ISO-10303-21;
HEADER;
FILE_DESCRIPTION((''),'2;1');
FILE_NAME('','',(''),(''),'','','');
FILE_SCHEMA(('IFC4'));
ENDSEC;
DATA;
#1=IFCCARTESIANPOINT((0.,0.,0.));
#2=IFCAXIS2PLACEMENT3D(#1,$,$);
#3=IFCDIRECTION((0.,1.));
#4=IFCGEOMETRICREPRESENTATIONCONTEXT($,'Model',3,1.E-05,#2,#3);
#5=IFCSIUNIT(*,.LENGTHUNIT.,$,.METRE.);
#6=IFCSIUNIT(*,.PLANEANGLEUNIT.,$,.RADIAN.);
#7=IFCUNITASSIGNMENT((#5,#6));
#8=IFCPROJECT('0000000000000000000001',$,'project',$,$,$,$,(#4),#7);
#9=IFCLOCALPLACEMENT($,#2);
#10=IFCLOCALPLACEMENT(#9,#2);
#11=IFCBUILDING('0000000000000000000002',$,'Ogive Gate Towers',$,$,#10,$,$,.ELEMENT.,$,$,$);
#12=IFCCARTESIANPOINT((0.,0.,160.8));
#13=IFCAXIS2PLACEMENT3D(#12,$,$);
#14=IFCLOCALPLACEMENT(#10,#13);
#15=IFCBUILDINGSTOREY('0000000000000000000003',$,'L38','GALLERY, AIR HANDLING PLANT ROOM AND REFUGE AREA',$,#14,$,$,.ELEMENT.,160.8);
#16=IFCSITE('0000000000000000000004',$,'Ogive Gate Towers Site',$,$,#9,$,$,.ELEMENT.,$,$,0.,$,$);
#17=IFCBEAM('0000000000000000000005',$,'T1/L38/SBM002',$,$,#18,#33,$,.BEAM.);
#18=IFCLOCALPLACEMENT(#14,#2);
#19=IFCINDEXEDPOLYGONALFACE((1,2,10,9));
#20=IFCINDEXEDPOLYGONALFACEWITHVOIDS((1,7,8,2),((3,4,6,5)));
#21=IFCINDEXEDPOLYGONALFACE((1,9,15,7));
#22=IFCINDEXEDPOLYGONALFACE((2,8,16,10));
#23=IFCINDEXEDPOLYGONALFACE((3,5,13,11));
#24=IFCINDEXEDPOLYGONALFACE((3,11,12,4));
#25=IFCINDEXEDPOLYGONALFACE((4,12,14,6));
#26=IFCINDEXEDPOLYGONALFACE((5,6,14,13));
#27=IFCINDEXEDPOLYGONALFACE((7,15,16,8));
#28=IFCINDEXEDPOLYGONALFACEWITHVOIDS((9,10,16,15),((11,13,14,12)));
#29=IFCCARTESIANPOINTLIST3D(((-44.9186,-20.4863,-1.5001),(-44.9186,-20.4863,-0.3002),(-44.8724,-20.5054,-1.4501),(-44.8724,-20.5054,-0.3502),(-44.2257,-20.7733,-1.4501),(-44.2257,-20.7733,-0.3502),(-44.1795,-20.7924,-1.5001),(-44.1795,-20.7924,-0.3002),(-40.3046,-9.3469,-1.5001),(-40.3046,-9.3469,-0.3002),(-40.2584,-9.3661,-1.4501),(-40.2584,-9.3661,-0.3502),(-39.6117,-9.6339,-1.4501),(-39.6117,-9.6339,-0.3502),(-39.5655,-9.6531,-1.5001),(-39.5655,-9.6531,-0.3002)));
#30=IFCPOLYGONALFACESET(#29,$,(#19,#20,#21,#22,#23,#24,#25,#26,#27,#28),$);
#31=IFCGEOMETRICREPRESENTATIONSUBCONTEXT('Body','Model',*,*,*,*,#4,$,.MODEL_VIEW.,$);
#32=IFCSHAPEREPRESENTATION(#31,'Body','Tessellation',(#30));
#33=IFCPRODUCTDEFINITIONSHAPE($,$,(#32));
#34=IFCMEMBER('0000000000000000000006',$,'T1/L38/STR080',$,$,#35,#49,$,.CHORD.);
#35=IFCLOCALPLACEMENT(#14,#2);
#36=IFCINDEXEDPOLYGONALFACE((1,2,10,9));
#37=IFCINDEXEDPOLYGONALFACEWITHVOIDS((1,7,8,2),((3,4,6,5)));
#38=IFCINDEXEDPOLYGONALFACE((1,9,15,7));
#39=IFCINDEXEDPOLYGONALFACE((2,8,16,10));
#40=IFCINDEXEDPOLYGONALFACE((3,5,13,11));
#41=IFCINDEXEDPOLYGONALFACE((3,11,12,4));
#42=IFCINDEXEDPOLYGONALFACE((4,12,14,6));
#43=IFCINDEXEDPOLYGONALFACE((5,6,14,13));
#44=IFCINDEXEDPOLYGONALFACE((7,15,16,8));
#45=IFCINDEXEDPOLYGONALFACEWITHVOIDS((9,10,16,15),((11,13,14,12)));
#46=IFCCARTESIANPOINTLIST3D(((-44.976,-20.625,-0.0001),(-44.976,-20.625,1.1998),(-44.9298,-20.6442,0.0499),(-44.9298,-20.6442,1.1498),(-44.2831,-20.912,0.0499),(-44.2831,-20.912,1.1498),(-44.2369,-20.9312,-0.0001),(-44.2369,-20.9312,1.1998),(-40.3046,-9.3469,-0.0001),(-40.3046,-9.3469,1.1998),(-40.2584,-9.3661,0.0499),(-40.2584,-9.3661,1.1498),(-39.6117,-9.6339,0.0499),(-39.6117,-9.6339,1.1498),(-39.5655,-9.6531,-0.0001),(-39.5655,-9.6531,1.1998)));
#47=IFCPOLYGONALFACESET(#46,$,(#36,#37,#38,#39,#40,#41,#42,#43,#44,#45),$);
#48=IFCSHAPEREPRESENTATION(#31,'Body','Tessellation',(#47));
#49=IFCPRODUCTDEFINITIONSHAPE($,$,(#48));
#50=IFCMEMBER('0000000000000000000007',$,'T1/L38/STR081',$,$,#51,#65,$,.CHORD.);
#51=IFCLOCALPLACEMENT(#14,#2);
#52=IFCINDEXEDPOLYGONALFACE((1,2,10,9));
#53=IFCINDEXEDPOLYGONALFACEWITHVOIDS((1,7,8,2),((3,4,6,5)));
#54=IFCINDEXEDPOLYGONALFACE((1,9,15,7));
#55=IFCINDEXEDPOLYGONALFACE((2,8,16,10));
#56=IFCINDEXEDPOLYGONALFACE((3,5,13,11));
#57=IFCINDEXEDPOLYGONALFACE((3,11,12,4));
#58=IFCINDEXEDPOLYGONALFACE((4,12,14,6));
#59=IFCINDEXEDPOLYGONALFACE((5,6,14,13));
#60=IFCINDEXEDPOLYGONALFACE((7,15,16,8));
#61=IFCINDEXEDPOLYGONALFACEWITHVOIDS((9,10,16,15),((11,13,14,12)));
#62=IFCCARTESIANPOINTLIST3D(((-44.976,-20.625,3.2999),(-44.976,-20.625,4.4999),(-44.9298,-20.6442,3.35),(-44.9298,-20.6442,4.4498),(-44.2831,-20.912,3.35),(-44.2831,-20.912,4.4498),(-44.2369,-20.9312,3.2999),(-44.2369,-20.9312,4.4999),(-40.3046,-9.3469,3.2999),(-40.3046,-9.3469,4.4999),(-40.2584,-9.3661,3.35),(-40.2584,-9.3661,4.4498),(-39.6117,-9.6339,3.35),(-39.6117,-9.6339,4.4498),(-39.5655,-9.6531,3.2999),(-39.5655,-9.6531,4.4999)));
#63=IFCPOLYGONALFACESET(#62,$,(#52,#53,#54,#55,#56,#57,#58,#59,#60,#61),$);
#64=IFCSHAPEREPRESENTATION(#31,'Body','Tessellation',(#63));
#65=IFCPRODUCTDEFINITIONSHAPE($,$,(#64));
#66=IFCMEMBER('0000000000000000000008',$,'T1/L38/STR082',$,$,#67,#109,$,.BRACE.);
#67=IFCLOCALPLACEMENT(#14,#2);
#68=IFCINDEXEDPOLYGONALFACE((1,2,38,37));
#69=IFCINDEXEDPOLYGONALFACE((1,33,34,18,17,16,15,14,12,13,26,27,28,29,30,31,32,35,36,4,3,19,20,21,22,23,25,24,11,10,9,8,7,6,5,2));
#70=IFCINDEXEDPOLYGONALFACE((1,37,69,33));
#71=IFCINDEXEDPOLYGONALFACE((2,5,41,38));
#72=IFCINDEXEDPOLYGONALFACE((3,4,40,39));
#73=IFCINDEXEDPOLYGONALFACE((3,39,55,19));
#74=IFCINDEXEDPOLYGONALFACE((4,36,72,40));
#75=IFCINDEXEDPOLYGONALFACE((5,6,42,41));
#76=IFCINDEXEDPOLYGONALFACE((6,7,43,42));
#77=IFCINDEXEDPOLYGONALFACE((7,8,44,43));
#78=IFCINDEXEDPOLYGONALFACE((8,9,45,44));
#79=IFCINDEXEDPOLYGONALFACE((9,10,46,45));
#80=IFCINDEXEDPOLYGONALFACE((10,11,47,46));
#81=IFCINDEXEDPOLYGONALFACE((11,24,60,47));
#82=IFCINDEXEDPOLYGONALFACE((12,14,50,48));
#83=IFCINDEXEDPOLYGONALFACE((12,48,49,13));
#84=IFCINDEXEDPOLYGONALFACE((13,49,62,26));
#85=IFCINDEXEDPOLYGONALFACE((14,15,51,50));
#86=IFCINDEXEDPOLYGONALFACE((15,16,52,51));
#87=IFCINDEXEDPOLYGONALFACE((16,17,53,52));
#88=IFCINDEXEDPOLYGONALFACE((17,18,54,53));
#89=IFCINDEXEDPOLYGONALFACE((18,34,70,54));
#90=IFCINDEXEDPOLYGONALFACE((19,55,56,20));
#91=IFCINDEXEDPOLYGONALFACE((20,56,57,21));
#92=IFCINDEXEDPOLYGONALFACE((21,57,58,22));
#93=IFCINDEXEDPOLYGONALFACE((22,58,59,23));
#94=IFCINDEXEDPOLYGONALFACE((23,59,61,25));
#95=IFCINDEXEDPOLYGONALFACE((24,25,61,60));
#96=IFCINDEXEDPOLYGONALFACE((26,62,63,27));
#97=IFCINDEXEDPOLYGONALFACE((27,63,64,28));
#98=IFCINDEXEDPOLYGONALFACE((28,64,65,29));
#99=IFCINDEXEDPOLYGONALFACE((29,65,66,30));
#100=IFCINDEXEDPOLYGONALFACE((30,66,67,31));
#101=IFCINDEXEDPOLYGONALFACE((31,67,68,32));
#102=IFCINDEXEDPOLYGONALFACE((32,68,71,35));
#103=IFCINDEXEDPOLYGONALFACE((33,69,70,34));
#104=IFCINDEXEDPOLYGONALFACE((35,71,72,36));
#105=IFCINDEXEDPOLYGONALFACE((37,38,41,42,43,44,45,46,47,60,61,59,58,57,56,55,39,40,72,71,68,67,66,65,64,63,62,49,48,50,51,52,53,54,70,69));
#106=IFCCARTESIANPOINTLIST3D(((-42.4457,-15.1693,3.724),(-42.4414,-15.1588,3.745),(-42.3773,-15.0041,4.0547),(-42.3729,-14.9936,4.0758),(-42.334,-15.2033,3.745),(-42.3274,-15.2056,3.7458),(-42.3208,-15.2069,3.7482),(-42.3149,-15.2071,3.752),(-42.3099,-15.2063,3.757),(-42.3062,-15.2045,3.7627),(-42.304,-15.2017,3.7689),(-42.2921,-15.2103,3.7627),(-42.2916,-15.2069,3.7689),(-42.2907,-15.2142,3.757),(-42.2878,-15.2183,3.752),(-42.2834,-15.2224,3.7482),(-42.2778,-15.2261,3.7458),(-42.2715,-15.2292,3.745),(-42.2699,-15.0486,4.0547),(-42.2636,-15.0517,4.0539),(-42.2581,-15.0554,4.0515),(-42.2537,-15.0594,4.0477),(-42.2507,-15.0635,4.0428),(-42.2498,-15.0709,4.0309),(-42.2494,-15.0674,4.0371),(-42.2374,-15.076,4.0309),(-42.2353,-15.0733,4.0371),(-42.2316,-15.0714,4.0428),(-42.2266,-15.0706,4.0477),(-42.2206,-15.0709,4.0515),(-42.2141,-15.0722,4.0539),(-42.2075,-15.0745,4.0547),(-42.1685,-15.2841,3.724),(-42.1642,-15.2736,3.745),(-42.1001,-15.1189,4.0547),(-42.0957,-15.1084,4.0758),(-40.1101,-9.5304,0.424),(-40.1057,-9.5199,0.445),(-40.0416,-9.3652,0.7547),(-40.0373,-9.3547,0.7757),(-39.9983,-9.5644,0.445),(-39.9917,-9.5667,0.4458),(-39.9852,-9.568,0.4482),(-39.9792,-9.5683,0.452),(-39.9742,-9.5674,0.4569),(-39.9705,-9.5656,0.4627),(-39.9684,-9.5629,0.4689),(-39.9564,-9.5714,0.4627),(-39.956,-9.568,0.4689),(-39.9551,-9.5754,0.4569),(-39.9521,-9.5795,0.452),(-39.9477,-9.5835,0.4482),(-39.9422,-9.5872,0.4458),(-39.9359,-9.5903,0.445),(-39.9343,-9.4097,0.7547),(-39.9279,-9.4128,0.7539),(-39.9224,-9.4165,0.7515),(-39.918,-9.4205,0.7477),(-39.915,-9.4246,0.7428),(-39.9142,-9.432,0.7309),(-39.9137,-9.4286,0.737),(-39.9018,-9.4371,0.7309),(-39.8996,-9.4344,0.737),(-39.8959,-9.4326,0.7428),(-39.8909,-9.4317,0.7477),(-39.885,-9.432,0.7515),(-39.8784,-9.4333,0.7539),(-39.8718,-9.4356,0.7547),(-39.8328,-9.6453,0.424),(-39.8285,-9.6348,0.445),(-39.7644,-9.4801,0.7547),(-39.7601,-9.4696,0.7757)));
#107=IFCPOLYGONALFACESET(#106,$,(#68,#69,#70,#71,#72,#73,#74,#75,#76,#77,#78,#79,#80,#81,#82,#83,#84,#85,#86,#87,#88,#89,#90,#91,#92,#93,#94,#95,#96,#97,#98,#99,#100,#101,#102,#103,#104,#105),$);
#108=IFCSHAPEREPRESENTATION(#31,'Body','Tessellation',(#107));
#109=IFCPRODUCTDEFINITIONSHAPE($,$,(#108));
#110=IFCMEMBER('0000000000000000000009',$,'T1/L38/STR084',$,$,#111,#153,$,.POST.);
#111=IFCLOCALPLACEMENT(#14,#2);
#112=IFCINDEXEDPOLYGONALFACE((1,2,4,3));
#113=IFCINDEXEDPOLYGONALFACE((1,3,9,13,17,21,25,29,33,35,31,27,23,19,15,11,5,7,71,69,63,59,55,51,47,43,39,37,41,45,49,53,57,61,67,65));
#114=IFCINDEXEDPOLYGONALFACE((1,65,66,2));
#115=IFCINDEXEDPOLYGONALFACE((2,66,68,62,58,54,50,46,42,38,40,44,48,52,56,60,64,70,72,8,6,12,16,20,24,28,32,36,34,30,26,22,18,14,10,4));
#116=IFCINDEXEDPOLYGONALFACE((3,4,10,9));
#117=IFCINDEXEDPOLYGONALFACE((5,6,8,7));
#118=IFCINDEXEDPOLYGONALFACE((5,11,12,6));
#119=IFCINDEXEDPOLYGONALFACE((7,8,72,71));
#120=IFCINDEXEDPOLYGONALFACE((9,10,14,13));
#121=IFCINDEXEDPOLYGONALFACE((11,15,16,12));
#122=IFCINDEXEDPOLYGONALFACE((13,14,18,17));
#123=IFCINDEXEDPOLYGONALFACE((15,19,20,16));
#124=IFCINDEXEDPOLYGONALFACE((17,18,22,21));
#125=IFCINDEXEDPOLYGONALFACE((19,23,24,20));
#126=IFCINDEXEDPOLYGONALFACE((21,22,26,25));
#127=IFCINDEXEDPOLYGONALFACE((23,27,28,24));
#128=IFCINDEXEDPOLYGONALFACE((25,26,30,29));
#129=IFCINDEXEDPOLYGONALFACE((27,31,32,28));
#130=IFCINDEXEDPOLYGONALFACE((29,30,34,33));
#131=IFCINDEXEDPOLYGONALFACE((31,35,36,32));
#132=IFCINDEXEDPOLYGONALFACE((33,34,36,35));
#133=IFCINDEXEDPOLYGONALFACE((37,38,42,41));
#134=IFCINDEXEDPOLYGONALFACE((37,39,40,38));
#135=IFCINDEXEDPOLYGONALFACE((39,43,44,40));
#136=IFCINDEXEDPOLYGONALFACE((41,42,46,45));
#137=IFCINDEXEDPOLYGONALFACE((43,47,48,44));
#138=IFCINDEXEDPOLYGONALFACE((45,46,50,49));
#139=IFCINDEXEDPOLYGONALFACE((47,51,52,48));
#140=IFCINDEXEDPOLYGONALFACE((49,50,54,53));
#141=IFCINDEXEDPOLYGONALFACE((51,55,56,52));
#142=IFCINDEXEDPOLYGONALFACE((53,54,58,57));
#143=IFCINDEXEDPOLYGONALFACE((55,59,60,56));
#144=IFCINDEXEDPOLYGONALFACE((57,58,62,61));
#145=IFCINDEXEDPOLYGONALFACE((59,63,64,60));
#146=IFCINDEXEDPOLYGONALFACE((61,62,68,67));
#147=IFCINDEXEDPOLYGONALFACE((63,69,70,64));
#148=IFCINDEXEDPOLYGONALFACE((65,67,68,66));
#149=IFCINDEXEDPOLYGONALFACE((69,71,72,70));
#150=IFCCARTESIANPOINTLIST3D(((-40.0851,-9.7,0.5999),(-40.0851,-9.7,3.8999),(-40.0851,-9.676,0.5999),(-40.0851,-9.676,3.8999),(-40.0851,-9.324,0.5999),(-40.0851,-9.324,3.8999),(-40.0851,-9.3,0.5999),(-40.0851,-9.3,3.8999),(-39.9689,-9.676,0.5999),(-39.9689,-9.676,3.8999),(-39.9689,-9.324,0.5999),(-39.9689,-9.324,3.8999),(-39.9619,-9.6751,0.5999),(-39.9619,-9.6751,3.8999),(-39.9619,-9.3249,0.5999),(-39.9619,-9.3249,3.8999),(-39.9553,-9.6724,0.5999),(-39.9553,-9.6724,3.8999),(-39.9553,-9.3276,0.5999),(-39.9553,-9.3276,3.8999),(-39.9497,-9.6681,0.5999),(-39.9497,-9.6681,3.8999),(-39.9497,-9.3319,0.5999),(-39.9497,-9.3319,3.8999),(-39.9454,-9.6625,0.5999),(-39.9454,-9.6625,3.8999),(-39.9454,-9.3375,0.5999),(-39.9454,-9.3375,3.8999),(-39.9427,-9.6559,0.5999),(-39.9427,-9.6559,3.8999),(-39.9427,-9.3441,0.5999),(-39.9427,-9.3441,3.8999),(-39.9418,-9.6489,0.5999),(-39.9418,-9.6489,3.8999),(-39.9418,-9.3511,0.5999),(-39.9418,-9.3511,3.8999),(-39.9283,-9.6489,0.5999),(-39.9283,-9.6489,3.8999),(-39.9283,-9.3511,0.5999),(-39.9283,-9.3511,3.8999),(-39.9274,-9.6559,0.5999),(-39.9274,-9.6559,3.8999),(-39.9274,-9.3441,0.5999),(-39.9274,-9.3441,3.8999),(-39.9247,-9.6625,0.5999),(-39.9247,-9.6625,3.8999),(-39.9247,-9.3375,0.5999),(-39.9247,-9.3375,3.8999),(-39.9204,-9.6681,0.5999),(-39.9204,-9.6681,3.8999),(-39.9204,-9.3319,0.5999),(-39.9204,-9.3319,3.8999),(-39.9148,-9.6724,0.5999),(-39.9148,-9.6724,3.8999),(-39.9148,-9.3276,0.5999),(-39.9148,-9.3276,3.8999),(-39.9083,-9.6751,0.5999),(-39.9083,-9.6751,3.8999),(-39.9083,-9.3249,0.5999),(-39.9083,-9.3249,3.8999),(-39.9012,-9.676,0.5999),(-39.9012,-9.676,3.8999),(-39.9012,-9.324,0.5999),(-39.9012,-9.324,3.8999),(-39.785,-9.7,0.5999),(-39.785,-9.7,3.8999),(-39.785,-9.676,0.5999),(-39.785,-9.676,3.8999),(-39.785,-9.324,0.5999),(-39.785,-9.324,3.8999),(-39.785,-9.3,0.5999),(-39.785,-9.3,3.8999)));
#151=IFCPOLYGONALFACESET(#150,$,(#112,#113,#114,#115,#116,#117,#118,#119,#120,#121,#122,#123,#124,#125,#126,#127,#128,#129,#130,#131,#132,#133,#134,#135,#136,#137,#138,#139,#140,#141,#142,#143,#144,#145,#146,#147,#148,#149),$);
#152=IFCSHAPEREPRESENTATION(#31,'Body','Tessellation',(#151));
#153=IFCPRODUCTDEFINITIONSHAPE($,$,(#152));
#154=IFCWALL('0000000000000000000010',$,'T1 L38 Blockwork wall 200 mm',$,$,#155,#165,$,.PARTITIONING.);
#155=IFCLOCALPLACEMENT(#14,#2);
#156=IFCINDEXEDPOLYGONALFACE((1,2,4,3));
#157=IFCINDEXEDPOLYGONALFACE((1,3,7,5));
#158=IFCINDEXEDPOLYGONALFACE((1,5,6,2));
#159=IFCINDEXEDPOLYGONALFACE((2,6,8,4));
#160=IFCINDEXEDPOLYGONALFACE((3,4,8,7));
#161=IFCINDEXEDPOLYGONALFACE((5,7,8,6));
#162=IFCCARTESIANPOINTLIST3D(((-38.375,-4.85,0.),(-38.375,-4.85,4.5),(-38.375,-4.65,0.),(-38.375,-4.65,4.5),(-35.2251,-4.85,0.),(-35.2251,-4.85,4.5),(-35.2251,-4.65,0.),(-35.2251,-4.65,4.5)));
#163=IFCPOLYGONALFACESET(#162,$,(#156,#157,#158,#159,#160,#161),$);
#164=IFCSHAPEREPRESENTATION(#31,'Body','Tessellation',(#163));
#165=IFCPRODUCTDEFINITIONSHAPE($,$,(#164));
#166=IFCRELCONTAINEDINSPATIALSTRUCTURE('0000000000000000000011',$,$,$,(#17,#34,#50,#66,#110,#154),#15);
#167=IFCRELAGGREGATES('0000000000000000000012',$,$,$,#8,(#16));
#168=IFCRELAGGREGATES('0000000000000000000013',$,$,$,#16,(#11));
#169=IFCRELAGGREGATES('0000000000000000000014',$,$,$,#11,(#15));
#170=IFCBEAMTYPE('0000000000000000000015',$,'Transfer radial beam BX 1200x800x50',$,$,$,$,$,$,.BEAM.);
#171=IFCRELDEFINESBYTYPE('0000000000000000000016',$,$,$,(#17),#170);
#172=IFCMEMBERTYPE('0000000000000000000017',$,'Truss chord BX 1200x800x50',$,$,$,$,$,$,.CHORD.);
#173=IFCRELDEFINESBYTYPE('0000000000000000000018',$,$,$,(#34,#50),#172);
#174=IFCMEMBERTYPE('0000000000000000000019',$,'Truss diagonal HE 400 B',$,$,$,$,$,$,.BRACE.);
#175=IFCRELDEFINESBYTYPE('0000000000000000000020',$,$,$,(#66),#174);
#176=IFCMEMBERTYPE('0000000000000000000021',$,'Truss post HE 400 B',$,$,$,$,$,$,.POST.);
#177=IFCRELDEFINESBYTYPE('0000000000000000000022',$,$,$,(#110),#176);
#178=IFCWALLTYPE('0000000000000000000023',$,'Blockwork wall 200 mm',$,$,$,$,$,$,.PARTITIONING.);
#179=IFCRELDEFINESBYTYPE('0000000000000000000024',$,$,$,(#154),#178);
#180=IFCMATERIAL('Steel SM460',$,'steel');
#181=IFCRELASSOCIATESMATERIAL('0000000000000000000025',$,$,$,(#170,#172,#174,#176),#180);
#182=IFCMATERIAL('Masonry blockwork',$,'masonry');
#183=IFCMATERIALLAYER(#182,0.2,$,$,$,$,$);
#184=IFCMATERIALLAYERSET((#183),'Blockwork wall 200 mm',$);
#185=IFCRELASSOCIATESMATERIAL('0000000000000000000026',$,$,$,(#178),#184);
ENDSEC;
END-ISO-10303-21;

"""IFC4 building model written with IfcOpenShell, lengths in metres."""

from ifc_helpers import new_model, si_unit, direction, frame, frame_2d, origin, origin_2d, place, context, subcontext, project, spatial, rectangle, hollow_rectangle, i_section, extrude, material, layer, layer_set, material_profile, profile_set, type_object, element, save


model = new_model("IFC4")

# Units and contexts
model_context = context("Model", 3, precision=1e-05, world=origin(), true_north=direction((0.0, 1.0)))
body_context = subcontext(model_context, "Body", "Model", "MODEL_VIEW")
ifc_project = project(units=[si_unit("LENGTHUNIT", "METRE"), si_unit("PLANEANGLEUNIT", "RADIAN")], contexts=[model_context])

# Site, building, storey
site_placement = place(None, origin())
site = spatial("IfcSite", under=ifc_project, at=site_placement, Name="Ogive Gate Towers Site", CompositionType="ELEMENT", RefElevation=0.0)
building_placement = place(site_placement, origin())
building = spatial("IfcBuilding", under=site, at=building_placement, Name="Ogive Gate Towers", CompositionType="ELEMENT")
storey_placement = place(building_placement, frame((0.0, 0.0, 160.8)))
storey = spatial("IfcBuildingStorey", under=building, at=storey_placement, Name="L38", Description="GALLERY, AIR HANDLING PLANT ROOM AND REFUGE AREA", CompositionType="ELEMENT", Elevation=160.8)

# Beam
ifc_material_1 = material(Name="Steel SM460", Category="steel")
ifc_material_profile_1 = material_profile(ifc_material_1, hollow_rectangle(XDim=0.8, YDim=1.2, WallThickness=0.05, at=origin_2d()), Name="BX 1200x800x50")
ifc_profile_set_1 = profile_set([ifc_material_profile_1], Name="Steel SM460")
beam_type = type_object("IfcBeamType", Name="Transfer radial beam BX 1200x800x50", PredefinedType="BEAM", material=ifc_profile_set_1)
beam_placement = place(storey_placement, frame((-39.9351, -9.5, -0.9001), z_axis=(-0.382678, -0.923882, 0.0), x_axis=(0.923882, -0.382678, 0.0)))
element("IfcBeam", 1, at=beam_placement, inside=storey, type_object=beam_type, Name="T1/L38/SBM002", PredefinedType="BEAM", context=body_context, shape_type="SweptSolid", body=[
    extrude(hollow_rectangle(XDim=0.8, YDim=1.2, WallThickness=0.05, at=origin_2d()), origin(), (0.0, 0.0, 1.0), 12.0571),
])

# Members
ifc_material_profile_2 = material_profile(ifc_material_1, hollow_rectangle(XDim=0.8, YDim=1.2, WallThickness=0.05, at=origin_2d()), Name="BX 1200x800x50")
ifc_profile_set_2 = profile_set([ifc_material_profile_2], Name="Steel SM460")
member_type_1 = type_object("IfcMemberType", Name="Truss chord BX 1200x800x50", PredefinedType="CHORD", material=ifc_profile_set_2)
for number, where, z_axis, x_axis, name in (
    (2, (-39.9351, -9.5, 0.5999), (-0.382673, -0.923884, 0.0), (0.923884, -0.382673, 0.0), "T1/L38/STR080"),
    (3, (-39.9351, -9.5, 3.8999), (-0.382673, -0.923884, 0.0), (0.923884, -0.382673, 0.0), "T1/L38/STR081"),
):
    element("IfcMember", number, at=place(storey_placement, frame(where, z_axis=z_axis, x_axis=x_axis)), inside=storey, type_object=member_type_1, Name=name, PredefinedType="CHORD", context=body_context, shape_type="SweptSolid", body=[
        extrude(hollow_rectangle(XDim=0.8, YDim=1.2, WallThickness=0.05, at=origin_2d()), origin(), (0.0, 0.0, 1.0), 12.2073),
    ])
ifc_material_profile_3 = material_profile(ifc_material_1, i_section(OverallWidth=0.3, OverallDepth=0.3999, WebThickness=0.0134, FlangeThickness=0.0239, FilletRadius=0.0271, at=origin_2d()), Name="HE 400 B")
ifc_profile_set_3 = profile_set([ifc_material_profile_3], Name="Steel SM460")
member_type_2 = type_object("IfcMemberType", Name="Truss diagonal HE 400 B", PredefinedType="BRACE", material=ifc_profile_set_3)
member_1_placement = place(storey_placement, frame((-39.9351, -9.5, 0.5999), z_axis=(-0.336627, -0.812696, 0.475612), x_axis=(0.923881, -0.38268, 0.0)))
element("IfcMember", 4, at=member_1_placement, inside=storey, type_object=member_type_2, Name="T1/L38/STR082", PredefinedType="BRACE", context=body_context, shape_type="SweptSolid", body=[
    extrude(i_section(OverallWidth=0.3, OverallDepth=0.3999, WebThickness=0.0134, FlangeThickness=0.0239, FilletRadius=0.0271, at=origin_2d()), origin(), (0.0, 0.0, 1.0), 6.9385),
])
ifc_material_profile_4 = material_profile(ifc_material_1, i_section(OverallWidth=0.3, OverallDepth=0.3999, WebThickness=0.0134, FlangeThickness=0.0239, FilletRadius=0.0271, at=origin_2d()), Name="HE 400 B")
ifc_profile_set_4 = profile_set([ifc_material_profile_4], Name="Steel SM460")
member_type_3 = type_object("IfcMemberType", Name="Truss post HE 400 B", PredefinedType="POST", material=ifc_profile_set_4)
member_2_placement = place(storey_placement, frame((-39.9351, -9.5, 0.5999), z_axis=(0.0, 0.0, 1.0), x_axis=(1.0, 0.0, 0.0)))
element("IfcMember", 5, at=member_2_placement, inside=storey, type_object=member_type_3, Name="T1/L38/STR084", PredefinedType="POST", context=body_context, shape_type="SweptSolid", body=[
    extrude(i_section(OverallWidth=0.3, OverallDepth=0.3999, WebThickness=0.0134, FlangeThickness=0.0239, FilletRadius=0.0271, at=origin_2d()), origin(), (0.0, 0.0, 1.0), 3.3),
])

# Wall
ifc_material_2 = material(Name="Masonry blockwork", Category="masonry")
ifc_layer_1 = layer(ifc_material_2, 0.2)
ifc_layer_set_1 = layer_set([ifc_layer_1], Name="Blockwork wall 200 mm")
wall_type_1 = type_object("IfcWallType", Name="Blockwork wall 200 mm", PredefinedType="PARTITIONING", material=ifc_layer_set_1)
wall_1_placement = place(storey_placement, frame((-38.375, -4.75, 0.0), z_axis=(0.0, 0.0, 1.0), x_axis=(1.0, 0.0, 0.0)))
element("IfcWall", 6, at=wall_1_placement, inside=storey, type_object=wall_type_1, Name="T1 L38 Blockwork wall 200 mm", PredefinedType="PARTITIONING", context=body_context, shape_type="SweptSolid", body=[
    extrude(rectangle(XDim=3.1499, YDim=0.2, at=frame_2d((1.575, 0.0))), origin(), (0.0, 0.0, 1.0), 4.5),
])

save(model, "model.ifc")
